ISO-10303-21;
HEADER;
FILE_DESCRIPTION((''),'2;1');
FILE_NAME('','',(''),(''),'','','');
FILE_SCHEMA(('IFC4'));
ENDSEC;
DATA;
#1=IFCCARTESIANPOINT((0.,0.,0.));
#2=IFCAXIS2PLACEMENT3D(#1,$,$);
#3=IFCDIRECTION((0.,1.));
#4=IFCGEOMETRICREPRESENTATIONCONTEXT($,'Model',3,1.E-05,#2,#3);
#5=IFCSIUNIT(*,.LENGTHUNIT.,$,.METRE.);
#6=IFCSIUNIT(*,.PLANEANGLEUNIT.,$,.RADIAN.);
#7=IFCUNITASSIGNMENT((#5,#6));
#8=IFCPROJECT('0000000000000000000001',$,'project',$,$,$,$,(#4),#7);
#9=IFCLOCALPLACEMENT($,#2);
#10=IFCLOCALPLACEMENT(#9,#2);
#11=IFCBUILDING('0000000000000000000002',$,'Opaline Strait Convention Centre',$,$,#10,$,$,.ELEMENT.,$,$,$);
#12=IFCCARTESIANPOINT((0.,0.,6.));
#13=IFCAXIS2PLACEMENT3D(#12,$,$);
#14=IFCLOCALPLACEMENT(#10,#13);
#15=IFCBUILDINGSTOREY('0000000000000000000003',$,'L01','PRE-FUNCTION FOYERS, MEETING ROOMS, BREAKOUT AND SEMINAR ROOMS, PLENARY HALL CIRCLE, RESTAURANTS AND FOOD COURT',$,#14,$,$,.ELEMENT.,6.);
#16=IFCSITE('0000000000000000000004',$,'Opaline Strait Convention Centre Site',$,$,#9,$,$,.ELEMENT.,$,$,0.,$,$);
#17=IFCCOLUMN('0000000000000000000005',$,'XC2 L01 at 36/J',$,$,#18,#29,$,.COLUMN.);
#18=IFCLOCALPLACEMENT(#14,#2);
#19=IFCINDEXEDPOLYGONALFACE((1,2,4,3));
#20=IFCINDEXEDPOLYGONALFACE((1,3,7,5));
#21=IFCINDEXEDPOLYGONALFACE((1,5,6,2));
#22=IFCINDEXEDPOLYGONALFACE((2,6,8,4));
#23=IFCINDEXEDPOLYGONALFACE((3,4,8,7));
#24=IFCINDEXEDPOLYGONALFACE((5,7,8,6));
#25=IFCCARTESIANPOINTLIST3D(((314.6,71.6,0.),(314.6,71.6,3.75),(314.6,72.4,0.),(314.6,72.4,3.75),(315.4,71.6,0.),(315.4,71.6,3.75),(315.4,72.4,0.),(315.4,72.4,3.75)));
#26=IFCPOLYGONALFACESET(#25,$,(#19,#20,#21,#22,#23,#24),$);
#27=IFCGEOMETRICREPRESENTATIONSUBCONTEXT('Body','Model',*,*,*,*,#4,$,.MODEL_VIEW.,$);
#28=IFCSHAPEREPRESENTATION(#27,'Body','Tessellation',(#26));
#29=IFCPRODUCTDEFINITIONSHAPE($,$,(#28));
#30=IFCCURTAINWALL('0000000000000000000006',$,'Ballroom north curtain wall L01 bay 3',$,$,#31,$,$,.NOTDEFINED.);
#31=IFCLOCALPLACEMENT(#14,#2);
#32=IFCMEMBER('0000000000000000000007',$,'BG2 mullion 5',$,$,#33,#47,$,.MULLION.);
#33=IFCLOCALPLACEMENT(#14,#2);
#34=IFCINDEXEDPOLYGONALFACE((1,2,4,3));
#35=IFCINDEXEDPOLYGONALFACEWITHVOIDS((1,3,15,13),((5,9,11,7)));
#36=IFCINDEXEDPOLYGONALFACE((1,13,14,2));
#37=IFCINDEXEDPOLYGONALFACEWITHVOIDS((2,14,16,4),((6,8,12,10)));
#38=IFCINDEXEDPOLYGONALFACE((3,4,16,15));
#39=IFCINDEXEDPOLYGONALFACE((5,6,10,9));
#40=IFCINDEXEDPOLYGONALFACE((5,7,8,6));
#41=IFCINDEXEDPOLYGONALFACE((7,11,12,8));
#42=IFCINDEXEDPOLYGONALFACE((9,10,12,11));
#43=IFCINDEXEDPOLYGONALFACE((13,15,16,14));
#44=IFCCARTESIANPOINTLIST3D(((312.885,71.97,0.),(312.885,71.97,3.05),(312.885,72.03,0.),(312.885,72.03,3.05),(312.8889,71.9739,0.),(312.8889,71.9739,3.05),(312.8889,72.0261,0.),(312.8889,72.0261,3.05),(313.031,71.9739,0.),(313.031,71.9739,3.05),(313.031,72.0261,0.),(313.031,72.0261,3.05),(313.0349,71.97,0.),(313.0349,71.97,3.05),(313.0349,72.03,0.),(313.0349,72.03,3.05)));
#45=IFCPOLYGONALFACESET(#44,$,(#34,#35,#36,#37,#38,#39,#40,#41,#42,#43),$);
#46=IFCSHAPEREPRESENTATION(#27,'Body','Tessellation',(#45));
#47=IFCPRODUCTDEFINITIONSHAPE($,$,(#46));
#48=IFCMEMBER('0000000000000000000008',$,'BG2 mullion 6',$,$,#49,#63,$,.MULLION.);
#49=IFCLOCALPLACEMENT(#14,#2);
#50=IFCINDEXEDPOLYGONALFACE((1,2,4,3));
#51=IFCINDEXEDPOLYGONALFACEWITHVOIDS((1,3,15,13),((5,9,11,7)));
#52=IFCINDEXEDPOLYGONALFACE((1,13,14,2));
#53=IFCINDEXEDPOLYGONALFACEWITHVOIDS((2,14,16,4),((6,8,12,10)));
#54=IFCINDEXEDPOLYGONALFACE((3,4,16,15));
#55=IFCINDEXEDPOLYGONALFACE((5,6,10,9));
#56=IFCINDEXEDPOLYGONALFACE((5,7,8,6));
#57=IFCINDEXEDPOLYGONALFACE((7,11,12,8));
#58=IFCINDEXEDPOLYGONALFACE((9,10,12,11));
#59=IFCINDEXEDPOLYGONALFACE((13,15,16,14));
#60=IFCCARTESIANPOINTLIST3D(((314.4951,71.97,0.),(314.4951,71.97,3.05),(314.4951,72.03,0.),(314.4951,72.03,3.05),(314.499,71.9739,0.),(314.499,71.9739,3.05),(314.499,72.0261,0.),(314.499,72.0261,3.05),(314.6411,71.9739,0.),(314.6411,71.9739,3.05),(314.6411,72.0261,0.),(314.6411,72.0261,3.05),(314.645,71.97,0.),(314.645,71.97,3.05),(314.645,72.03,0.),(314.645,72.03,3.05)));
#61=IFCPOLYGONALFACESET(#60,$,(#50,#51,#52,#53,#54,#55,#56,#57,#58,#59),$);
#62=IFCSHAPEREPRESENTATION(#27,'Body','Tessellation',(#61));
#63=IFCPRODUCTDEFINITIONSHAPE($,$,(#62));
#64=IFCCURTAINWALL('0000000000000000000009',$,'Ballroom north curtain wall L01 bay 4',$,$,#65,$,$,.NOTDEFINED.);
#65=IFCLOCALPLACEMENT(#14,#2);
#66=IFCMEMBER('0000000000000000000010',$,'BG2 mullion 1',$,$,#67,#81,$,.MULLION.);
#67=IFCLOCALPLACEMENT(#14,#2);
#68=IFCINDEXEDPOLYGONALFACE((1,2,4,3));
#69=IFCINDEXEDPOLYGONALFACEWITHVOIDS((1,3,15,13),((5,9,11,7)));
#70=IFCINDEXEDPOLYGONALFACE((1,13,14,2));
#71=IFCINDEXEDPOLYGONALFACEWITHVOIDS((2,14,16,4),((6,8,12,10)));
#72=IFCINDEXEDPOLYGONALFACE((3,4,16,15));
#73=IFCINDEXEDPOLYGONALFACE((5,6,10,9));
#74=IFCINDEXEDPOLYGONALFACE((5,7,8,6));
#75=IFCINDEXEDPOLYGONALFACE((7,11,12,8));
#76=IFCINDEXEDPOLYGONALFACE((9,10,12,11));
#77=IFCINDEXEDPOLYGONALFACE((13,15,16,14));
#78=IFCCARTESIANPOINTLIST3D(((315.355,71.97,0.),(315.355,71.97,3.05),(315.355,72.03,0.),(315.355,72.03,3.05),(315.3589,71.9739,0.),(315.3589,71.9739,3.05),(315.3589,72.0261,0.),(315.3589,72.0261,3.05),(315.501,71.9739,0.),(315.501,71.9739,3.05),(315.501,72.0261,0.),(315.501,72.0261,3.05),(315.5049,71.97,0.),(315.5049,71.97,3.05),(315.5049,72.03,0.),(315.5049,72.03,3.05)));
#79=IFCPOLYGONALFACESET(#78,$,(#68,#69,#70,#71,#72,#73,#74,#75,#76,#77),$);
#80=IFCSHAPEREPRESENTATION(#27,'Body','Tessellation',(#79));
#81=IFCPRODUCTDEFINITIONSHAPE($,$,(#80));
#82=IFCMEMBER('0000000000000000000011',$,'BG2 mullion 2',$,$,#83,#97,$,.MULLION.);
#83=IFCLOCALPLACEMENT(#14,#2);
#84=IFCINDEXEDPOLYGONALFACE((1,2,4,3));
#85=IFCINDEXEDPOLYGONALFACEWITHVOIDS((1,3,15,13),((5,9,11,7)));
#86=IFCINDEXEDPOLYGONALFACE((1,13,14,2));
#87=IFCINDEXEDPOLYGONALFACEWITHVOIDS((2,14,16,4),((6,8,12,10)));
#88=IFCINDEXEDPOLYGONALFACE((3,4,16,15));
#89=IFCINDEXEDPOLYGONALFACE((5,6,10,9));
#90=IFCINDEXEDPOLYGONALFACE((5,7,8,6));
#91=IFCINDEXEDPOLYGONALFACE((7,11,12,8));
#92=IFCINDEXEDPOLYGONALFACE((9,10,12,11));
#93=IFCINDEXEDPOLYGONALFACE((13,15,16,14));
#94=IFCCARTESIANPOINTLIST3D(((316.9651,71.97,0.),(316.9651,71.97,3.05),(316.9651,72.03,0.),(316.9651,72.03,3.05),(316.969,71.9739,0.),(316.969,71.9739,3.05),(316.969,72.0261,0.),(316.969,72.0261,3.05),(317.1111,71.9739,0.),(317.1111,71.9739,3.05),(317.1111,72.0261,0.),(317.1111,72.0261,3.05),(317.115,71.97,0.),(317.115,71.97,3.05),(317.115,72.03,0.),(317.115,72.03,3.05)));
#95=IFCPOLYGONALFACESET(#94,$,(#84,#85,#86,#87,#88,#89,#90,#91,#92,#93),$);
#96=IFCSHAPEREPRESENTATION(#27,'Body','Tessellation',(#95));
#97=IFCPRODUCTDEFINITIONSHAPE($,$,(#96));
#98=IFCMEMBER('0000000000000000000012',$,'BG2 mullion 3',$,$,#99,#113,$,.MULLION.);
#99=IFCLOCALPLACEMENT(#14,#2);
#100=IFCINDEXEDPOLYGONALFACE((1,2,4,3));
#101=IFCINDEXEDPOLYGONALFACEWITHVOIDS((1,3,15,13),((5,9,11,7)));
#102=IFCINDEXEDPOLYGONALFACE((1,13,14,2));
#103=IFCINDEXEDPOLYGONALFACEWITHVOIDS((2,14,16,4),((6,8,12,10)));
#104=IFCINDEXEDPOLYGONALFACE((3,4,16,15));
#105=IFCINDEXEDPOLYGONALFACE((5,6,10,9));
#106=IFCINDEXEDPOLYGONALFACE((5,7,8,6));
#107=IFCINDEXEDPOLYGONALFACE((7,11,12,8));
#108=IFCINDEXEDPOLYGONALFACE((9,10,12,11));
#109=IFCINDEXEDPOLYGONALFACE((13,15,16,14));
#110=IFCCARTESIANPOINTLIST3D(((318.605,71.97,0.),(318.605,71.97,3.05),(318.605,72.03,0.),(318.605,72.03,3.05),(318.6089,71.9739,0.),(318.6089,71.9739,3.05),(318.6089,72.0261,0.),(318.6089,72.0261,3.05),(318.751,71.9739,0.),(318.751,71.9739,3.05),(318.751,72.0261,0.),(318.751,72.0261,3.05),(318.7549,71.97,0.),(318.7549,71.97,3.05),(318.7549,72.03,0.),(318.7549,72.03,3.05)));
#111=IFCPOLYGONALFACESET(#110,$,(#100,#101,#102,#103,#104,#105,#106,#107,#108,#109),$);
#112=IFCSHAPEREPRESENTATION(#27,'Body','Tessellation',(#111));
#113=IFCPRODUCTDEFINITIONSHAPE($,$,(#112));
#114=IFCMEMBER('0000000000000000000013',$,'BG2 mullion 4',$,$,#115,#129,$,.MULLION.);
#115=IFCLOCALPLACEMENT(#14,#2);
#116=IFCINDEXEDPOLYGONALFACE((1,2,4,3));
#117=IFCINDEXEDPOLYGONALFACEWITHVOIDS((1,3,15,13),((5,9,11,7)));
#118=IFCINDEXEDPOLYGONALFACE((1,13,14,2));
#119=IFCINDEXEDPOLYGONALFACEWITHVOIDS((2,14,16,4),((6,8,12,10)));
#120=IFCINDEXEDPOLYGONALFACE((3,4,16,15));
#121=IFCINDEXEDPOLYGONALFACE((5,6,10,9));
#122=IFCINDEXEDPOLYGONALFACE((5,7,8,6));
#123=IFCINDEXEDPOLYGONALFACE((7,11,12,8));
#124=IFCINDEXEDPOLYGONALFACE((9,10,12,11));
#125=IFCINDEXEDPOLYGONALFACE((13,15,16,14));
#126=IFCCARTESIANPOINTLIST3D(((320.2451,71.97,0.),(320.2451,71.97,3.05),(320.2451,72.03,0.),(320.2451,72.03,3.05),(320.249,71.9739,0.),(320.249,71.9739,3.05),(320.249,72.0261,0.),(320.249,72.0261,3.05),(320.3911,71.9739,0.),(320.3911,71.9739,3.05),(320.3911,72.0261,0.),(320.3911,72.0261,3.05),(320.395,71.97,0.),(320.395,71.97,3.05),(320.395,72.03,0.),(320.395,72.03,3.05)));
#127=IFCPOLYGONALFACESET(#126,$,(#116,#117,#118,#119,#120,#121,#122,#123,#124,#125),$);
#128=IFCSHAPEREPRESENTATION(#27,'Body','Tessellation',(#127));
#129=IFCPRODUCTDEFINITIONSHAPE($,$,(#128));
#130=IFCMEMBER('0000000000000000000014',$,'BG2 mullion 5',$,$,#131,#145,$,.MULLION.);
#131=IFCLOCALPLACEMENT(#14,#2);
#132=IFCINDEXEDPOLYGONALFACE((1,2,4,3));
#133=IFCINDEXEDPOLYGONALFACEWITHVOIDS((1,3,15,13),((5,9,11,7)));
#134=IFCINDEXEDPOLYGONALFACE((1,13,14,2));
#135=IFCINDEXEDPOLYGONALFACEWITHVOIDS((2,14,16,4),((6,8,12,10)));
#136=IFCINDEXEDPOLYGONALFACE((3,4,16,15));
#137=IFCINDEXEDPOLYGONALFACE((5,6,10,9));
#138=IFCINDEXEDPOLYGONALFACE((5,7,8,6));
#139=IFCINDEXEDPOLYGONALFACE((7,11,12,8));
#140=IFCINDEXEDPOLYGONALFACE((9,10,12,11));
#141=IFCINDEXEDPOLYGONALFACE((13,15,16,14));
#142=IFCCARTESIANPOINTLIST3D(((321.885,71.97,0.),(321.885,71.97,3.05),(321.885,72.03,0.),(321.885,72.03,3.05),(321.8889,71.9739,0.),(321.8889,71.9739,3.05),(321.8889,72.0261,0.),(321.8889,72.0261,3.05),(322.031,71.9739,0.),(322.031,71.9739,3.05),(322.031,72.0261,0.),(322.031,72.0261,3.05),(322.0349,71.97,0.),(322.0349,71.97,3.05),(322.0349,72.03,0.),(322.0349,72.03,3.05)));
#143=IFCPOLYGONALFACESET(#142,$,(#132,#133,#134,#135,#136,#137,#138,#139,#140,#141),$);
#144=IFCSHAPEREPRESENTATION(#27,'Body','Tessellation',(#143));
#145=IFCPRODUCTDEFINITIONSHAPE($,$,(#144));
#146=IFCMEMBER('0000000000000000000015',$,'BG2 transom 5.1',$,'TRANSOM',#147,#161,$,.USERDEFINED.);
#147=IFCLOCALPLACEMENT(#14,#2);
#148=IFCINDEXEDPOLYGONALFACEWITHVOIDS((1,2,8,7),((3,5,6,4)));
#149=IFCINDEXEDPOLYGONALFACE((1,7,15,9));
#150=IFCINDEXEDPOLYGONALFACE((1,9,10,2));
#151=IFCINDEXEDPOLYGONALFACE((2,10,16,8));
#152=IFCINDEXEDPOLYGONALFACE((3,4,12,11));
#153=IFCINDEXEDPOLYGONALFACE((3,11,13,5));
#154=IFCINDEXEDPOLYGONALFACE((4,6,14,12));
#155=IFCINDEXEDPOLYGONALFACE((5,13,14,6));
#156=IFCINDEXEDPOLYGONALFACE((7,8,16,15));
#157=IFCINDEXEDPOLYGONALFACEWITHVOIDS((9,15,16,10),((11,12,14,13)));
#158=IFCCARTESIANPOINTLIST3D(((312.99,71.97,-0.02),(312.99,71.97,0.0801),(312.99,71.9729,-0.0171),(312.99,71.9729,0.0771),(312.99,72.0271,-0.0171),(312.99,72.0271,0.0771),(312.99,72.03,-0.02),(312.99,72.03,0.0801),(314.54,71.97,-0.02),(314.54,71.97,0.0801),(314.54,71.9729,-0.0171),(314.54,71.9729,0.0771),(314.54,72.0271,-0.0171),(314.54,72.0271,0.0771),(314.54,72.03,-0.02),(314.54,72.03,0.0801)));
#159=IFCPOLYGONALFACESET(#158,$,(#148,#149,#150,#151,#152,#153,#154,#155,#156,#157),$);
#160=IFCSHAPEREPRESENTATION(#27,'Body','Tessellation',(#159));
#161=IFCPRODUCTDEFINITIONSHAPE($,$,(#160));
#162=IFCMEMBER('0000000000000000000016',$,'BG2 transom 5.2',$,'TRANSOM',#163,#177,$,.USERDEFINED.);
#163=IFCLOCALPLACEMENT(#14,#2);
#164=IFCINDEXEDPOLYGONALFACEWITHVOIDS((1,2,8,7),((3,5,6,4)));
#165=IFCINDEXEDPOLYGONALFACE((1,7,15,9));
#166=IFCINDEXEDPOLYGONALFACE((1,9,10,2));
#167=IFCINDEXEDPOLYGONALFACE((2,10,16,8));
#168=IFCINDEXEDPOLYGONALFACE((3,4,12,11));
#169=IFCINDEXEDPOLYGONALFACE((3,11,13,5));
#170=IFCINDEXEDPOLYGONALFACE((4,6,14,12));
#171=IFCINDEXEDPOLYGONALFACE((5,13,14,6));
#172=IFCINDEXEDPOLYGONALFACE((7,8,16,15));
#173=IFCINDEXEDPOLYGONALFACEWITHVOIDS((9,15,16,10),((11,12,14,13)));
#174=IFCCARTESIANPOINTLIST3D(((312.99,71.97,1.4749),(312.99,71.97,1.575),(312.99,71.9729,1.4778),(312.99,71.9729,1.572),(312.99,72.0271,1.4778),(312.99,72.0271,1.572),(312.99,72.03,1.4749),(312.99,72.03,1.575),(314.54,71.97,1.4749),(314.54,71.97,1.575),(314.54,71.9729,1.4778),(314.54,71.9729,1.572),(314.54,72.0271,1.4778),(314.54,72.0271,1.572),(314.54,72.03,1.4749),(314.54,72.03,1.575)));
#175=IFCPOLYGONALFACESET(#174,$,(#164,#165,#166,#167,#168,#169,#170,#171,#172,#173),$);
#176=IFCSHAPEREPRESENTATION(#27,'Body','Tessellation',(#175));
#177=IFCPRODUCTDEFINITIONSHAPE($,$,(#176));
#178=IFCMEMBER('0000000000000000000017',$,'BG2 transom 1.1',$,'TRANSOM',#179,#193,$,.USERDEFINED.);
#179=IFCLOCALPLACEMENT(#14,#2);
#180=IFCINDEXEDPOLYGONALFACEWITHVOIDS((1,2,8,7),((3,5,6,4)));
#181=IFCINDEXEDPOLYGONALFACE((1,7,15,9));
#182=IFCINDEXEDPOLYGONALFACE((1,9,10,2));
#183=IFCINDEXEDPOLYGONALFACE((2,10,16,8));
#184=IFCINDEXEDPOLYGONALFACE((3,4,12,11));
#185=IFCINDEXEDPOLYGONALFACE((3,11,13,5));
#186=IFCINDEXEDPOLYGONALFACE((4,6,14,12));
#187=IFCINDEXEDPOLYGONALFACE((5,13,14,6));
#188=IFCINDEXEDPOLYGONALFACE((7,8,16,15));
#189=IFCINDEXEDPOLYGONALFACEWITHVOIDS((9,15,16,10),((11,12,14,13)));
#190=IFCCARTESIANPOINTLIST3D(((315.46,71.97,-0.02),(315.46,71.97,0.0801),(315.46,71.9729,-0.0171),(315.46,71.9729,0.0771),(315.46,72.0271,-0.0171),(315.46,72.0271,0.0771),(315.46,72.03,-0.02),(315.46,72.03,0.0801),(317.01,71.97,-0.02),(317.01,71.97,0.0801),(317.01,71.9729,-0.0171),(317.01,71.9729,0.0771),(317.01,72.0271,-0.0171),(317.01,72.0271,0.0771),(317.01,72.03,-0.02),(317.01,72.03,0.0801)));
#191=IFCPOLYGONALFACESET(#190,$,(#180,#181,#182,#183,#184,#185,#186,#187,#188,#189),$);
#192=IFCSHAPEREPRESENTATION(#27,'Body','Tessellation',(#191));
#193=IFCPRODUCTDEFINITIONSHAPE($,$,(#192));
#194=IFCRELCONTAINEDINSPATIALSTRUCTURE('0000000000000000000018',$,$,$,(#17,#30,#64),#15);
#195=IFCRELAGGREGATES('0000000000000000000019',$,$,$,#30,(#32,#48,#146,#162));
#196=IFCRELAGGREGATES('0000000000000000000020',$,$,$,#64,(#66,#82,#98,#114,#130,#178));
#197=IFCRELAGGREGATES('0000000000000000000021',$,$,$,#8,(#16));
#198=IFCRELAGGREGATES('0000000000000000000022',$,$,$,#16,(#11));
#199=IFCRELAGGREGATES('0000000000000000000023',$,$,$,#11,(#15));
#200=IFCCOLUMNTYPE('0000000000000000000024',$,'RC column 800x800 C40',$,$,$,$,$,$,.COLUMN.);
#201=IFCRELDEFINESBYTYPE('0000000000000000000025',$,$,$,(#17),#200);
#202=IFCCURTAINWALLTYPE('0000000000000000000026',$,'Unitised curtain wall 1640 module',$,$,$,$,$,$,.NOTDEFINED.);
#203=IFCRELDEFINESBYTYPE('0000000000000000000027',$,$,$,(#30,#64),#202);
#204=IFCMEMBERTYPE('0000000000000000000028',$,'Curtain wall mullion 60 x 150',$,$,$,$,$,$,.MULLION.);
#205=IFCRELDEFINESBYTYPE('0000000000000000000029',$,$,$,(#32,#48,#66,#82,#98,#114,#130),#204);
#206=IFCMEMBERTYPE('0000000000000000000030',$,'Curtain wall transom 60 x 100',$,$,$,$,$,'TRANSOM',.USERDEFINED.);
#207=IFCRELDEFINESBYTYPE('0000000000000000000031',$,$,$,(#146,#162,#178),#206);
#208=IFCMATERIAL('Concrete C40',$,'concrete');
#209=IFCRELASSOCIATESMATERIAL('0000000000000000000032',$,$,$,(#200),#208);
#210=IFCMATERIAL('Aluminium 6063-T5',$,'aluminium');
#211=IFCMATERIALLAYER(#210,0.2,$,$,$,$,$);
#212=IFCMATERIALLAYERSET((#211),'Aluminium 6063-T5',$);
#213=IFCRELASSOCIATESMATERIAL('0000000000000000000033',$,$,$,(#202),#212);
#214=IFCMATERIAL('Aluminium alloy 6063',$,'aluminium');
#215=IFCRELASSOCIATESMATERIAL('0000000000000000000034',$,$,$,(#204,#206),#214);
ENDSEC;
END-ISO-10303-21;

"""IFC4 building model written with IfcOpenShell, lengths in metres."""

from ifc_helpers import new_model, si_unit, direction, frame, origin, origin_2d, place, context, subcontext, project, spatial, rectangle, hollow_rectangle, extrude, material, layer, layer_set, material_profile, profile_set, type_object, element, aggregate, save


model = new_model("IFC4")

# Units and contexts
model_context = context("Model", 3, precision=1e-05, world=origin(), true_north=direction((0.0, 1.0)))
body_context = subcontext(model_context, "Body", "Model", "MODEL_VIEW")
ifc_project = project(units=[si_unit("LENGTHUNIT", "METRE"), si_unit("PLANEANGLEUNIT", "RADIAN")], contexts=[model_context])

# Site, building, storey
site_placement = place(None, origin())
site = spatial("IfcSite", under=ifc_project, at=site_placement, Name="Opaline Strait Convention Centre Site", CompositionType="ELEMENT", RefElevation=0.0)
building_placement = place(site_placement, origin())
building = spatial("IfcBuilding", under=site, at=building_placement, Name="Opaline Strait Convention Centre", CompositionType="ELEMENT")
storey_placement = place(building_placement, frame((0.0, 0.0, 6.0)))
storey = spatial("IfcBuildingStorey", under=building, at=storey_placement, Name="L01", Description="PRE-FUNCTION FOYERS, MEETING ROOMS, BREAKOUT AND SEMINAR ROOMS, PLENARY HALL CIRCLE, RESTAURANTS AND FOOD COURT", CompositionType="ELEMENT", Elevation=6.0)

# Column
ifc_material_1 = material(Name="Concrete C40", Category="concrete")
ifc_material_profile_1 = material_profile(ifc_material_1, rectangle(XDim=0.8, YDim=0.8, at=origin_2d()), Name="RC 800x800")
ifc_profile_set_1 = profile_set([ifc_material_profile_1], Name="Concrete C40")
column_type = type_object("IfcColumnType", Name="RC column 800x800 C40", PredefinedType="COLUMN", material=ifc_profile_set_1)
column_placement = place(storey_placement, frame((315.0, 72.0, 0.0), z_axis=(0.0, 0.0, 1.0), x_axis=(1.0, 0.0, 0.0)))
element("IfcColumn", 1, at=column_placement, inside=storey, type_object=column_type, Name="XC2 L01 at 36/J", PredefinedType="COLUMN", context=body_context, shape_type="SweptSolid", body=[
    extrude(rectangle(XDim=0.8, YDim=0.8, at=origin_2d()), origin(), (0.0, 0.0, 1.0), 3.75),
])

# Curtain walls, members
ifc_material_2 = material(Name="Aluminium 6063-T5", Category="aluminium")
ifc_layer_1 = layer(ifc_material_2, 0.2)
ifc_layer_set_1 = layer_set([ifc_layer_1], Name="Aluminium 6063-T5")
curtain_wall_type = type_object("IfcCurtainWallType", Name="Unitised curtain wall 1640 module", PredefinedType="NOTDEFINED", material=ifc_layer_set_1)
curtain_wall_1_placement = place(storey_placement, origin())
curtain_wall_1 = element("IfcCurtainWall", 2, at=curtain_wall_1_placement, inside=storey, type_object=curtain_wall_type, Name="Ballroom north curtain wall L01 bay 3", PredefinedType="NOTDEFINED")
ifc_material_3 = material(Name="Aluminium alloy 6063", Category="aluminium")
ifc_material_profile_2 = material_profile(ifc_material_3, hollow_rectangle(XDim=0.0601, YDim=0.1499, WallThickness=0.0039, at=origin_2d()), Name="MULLION 60x150x4")
ifc_profile_set_2 = profile_set([ifc_material_profile_2], Name="Aluminium alloy 6063")
member_type_1 = type_object("IfcMemberType", Name="Curtain wall mullion 60 x 150", PredefinedType="MULLION", material=ifc_profile_set_2)
member_1_placement = place(storey_placement, frame((312.96, 72.0, 0.0), z_axis=(0.0, 0.0, 1.0), x_axis=(0.0, 1.0, 0.0)))
member_1 = element("IfcMember", 3, at=member_1_placement, type_object=member_type_1, Name="BG2 mullion 5", PredefinedType="MULLION", context=body_context, shape_type="SweptSolid", body=[
    extrude(hollow_rectangle(XDim=0.0601, YDim=0.1499, WallThickness=0.0039, at=origin_2d()), origin(), (0.0, 0.0, 1.0), 3.05),
])
member_2_placement = place(storey_placement, frame((314.5701, 72.0, 0.0), z_axis=(0.0, 0.0, 1.0), x_axis=(0.0, 1.0, 0.0)))
member_2 = element("IfcMember", 4, at=member_2_placement, type_object=member_type_1, Name="BG2 mullion 6", PredefinedType="MULLION", context=body_context, shape_type="SweptSolid", body=[
    extrude(hollow_rectangle(XDim=0.0601, YDim=0.1499, WallThickness=0.0039, at=origin_2d()), origin(), (0.0, 0.0, 1.0), 3.05),
])
curtain_wall_2_placement = place(storey_placement, origin())
curtain_wall_2 = element("IfcCurtainWall", 5, at=curtain_wall_2_placement, inside=storey, type_object=curtain_wall_type, Name="Ballroom north curtain wall L01 bay 4", PredefinedType="NOTDEFINED")
member_3_placement = place(storey_placement, frame((315.4299, 72.0, 0.0), z_axis=(0.0, 0.0, 1.0), x_axis=(0.0, 1.0, 0.0)))
member_3 = element("IfcMember", 6, at=member_3_placement, type_object=member_type_1, Name="BG2 mullion 1", PredefinedType="MULLION", context=body_context, shape_type="SweptSolid", body=[
    extrude(hollow_rectangle(XDim=0.0601, YDim=0.1499, WallThickness=0.0039, at=origin_2d()), origin(), (0.0, 0.0, 1.0), 3.05),
])
member_4_placement = place(storey_placement, frame((317.04, 72.0, 0.0), z_axis=(0.0, 0.0, 1.0), x_axis=(0.0, 1.0, 0.0)))
member_4 = element("IfcMember", 7, at=member_4_placement, type_object=member_type_1, Name="BG2 mullion 2", PredefinedType="MULLION", context=body_context, shape_type="SweptSolid", body=[
    extrude(hollow_rectangle(XDim=0.0601, YDim=0.1499, WallThickness=0.0039, at=origin_2d()), origin(), (0.0, 0.0, 1.0), 3.05),
])
member_5_placement = place(storey_placement, frame((318.6799, 72.0, 0.0), z_axis=(0.0, 0.0, 1.0), x_axis=(0.0, 1.0, 0.0)))
member_5 = element("IfcMember", 8, at=member_5_placement, type_object=member_type_1, Name="BG2 mullion 3", PredefinedType="MULLION", context=body_context, shape_type="SweptSolid", body=[
    extrude(hollow_rectangle(XDim=0.0601, YDim=0.1499, WallThickness=0.0039, at=origin_2d()), origin(), (0.0, 0.0, 1.0), 3.05),
])
member_6_placement = place(storey_placement, frame((320.3201, 72.0, 0.0), z_axis=(0.0, 0.0, 1.0), x_axis=(0.0, 1.0, 0.0)))
member_6 = element("IfcMember", 9, at=member_6_placement, type_object=member_type_1, Name="BG2 mullion 4", PredefinedType="MULLION", context=body_context, shape_type="SweptSolid", body=[
    extrude(hollow_rectangle(XDim=0.0601, YDim=0.1499, WallThickness=0.0039, at=origin_2d()), origin(), (0.0, 0.0, 1.0), 3.05),
])
member_7_placement = place(storey_placement, frame((321.96, 72.0, 0.0), z_axis=(0.0, 0.0, 1.0), x_axis=(0.0, 1.0, 0.0)))
member_7 = element("IfcMember", 10, at=member_7_placement, type_object=member_type_1, Name="BG2 mullion 5", PredefinedType="MULLION", context=body_context, shape_type="SweptSolid", body=[
    extrude(hollow_rectangle(XDim=0.0601, YDim=0.1499, WallThickness=0.0039, at=origin_2d()), origin(), (0.0, 0.0, 1.0), 3.05),
])

# Members
ifc_material_profile_3 = material_profile(ifc_material_3, hollow_rectangle(XDim=0.0601, YDim=0.1001, WallThickness=0.0029, at=origin_2d()), Name="TRANSOM 60x100x3")
ifc_profile_set_3 = profile_set([ifc_material_profile_3], Name="Aluminium alloy 6063")
member_type_2 = type_object("IfcMemberType", Name="Curtain wall transom 60 x 100", ElementType="TRANSOM", PredefinedType="USERDEFINED", material=ifc_profile_set_3)
member_8_placement = place(storey_placement, frame((312.99, 72.0, 0.03), z_axis=(1.0, 0.0, 0.0), x_axis=(0.0, 1.0, 0.0)))
member_8 = element("IfcMember", 11, at=member_8_placement, type_object=member_type_2, Name="BG2 transom 5.1", ObjectType="TRANSOM", PredefinedType="USERDEFINED", context=body_context, shape_type="SweptSolid", body=[
    extrude(hollow_rectangle(XDim=0.0601, YDim=0.1001, WallThickness=0.0029, at=origin_2d()), origin(), (0.0, 0.0, 1.0), 1.55),
])
member_9_placement = place(storey_placement, frame((312.99, 72.0, 1.5249), z_axis=(1.0, 0.0, 0.0), x_axis=(0.0, 1.0, 0.0)))
member_9 = element("IfcMember", 12, at=member_9_placement, type_object=member_type_2, Name="BG2 transom 5.2", ObjectType="TRANSOM", PredefinedType="USERDEFINED", context=body_context, shape_type="SweptSolid", body=[
    extrude(hollow_rectangle(XDim=0.0601, YDim=0.1001, WallThickness=0.0029, at=origin_2d()), origin(), (0.0, 0.0, 1.0), 1.55),
])
member_10_placement = place(storey_placement, frame((315.46, 72.0, 0.03), z_axis=(1.0, 0.0, 0.0), x_axis=(0.0, 1.0, 0.0)))
member_10 = element("IfcMember", 13, at=member_10_placement, type_object=member_type_2, Name="BG2 transom 1.1", ObjectType="TRANSOM", PredefinedType="USERDEFINED", context=body_context, shape_type="SweptSolid", body=[
    extrude(hollow_rectangle(XDim=0.0601, YDim=0.1001, WallThickness=0.0029, at=origin_2d()), origin(), (0.0, 0.0, 1.0), 1.55),
])

aggregate(curtain_wall_1, [member_1, member_2, member_8, member_9])
aggregate(curtain_wall_2, [member_3, member_4, member_5, member_6, member_7, member_10])

save(model, "model.ifc")
